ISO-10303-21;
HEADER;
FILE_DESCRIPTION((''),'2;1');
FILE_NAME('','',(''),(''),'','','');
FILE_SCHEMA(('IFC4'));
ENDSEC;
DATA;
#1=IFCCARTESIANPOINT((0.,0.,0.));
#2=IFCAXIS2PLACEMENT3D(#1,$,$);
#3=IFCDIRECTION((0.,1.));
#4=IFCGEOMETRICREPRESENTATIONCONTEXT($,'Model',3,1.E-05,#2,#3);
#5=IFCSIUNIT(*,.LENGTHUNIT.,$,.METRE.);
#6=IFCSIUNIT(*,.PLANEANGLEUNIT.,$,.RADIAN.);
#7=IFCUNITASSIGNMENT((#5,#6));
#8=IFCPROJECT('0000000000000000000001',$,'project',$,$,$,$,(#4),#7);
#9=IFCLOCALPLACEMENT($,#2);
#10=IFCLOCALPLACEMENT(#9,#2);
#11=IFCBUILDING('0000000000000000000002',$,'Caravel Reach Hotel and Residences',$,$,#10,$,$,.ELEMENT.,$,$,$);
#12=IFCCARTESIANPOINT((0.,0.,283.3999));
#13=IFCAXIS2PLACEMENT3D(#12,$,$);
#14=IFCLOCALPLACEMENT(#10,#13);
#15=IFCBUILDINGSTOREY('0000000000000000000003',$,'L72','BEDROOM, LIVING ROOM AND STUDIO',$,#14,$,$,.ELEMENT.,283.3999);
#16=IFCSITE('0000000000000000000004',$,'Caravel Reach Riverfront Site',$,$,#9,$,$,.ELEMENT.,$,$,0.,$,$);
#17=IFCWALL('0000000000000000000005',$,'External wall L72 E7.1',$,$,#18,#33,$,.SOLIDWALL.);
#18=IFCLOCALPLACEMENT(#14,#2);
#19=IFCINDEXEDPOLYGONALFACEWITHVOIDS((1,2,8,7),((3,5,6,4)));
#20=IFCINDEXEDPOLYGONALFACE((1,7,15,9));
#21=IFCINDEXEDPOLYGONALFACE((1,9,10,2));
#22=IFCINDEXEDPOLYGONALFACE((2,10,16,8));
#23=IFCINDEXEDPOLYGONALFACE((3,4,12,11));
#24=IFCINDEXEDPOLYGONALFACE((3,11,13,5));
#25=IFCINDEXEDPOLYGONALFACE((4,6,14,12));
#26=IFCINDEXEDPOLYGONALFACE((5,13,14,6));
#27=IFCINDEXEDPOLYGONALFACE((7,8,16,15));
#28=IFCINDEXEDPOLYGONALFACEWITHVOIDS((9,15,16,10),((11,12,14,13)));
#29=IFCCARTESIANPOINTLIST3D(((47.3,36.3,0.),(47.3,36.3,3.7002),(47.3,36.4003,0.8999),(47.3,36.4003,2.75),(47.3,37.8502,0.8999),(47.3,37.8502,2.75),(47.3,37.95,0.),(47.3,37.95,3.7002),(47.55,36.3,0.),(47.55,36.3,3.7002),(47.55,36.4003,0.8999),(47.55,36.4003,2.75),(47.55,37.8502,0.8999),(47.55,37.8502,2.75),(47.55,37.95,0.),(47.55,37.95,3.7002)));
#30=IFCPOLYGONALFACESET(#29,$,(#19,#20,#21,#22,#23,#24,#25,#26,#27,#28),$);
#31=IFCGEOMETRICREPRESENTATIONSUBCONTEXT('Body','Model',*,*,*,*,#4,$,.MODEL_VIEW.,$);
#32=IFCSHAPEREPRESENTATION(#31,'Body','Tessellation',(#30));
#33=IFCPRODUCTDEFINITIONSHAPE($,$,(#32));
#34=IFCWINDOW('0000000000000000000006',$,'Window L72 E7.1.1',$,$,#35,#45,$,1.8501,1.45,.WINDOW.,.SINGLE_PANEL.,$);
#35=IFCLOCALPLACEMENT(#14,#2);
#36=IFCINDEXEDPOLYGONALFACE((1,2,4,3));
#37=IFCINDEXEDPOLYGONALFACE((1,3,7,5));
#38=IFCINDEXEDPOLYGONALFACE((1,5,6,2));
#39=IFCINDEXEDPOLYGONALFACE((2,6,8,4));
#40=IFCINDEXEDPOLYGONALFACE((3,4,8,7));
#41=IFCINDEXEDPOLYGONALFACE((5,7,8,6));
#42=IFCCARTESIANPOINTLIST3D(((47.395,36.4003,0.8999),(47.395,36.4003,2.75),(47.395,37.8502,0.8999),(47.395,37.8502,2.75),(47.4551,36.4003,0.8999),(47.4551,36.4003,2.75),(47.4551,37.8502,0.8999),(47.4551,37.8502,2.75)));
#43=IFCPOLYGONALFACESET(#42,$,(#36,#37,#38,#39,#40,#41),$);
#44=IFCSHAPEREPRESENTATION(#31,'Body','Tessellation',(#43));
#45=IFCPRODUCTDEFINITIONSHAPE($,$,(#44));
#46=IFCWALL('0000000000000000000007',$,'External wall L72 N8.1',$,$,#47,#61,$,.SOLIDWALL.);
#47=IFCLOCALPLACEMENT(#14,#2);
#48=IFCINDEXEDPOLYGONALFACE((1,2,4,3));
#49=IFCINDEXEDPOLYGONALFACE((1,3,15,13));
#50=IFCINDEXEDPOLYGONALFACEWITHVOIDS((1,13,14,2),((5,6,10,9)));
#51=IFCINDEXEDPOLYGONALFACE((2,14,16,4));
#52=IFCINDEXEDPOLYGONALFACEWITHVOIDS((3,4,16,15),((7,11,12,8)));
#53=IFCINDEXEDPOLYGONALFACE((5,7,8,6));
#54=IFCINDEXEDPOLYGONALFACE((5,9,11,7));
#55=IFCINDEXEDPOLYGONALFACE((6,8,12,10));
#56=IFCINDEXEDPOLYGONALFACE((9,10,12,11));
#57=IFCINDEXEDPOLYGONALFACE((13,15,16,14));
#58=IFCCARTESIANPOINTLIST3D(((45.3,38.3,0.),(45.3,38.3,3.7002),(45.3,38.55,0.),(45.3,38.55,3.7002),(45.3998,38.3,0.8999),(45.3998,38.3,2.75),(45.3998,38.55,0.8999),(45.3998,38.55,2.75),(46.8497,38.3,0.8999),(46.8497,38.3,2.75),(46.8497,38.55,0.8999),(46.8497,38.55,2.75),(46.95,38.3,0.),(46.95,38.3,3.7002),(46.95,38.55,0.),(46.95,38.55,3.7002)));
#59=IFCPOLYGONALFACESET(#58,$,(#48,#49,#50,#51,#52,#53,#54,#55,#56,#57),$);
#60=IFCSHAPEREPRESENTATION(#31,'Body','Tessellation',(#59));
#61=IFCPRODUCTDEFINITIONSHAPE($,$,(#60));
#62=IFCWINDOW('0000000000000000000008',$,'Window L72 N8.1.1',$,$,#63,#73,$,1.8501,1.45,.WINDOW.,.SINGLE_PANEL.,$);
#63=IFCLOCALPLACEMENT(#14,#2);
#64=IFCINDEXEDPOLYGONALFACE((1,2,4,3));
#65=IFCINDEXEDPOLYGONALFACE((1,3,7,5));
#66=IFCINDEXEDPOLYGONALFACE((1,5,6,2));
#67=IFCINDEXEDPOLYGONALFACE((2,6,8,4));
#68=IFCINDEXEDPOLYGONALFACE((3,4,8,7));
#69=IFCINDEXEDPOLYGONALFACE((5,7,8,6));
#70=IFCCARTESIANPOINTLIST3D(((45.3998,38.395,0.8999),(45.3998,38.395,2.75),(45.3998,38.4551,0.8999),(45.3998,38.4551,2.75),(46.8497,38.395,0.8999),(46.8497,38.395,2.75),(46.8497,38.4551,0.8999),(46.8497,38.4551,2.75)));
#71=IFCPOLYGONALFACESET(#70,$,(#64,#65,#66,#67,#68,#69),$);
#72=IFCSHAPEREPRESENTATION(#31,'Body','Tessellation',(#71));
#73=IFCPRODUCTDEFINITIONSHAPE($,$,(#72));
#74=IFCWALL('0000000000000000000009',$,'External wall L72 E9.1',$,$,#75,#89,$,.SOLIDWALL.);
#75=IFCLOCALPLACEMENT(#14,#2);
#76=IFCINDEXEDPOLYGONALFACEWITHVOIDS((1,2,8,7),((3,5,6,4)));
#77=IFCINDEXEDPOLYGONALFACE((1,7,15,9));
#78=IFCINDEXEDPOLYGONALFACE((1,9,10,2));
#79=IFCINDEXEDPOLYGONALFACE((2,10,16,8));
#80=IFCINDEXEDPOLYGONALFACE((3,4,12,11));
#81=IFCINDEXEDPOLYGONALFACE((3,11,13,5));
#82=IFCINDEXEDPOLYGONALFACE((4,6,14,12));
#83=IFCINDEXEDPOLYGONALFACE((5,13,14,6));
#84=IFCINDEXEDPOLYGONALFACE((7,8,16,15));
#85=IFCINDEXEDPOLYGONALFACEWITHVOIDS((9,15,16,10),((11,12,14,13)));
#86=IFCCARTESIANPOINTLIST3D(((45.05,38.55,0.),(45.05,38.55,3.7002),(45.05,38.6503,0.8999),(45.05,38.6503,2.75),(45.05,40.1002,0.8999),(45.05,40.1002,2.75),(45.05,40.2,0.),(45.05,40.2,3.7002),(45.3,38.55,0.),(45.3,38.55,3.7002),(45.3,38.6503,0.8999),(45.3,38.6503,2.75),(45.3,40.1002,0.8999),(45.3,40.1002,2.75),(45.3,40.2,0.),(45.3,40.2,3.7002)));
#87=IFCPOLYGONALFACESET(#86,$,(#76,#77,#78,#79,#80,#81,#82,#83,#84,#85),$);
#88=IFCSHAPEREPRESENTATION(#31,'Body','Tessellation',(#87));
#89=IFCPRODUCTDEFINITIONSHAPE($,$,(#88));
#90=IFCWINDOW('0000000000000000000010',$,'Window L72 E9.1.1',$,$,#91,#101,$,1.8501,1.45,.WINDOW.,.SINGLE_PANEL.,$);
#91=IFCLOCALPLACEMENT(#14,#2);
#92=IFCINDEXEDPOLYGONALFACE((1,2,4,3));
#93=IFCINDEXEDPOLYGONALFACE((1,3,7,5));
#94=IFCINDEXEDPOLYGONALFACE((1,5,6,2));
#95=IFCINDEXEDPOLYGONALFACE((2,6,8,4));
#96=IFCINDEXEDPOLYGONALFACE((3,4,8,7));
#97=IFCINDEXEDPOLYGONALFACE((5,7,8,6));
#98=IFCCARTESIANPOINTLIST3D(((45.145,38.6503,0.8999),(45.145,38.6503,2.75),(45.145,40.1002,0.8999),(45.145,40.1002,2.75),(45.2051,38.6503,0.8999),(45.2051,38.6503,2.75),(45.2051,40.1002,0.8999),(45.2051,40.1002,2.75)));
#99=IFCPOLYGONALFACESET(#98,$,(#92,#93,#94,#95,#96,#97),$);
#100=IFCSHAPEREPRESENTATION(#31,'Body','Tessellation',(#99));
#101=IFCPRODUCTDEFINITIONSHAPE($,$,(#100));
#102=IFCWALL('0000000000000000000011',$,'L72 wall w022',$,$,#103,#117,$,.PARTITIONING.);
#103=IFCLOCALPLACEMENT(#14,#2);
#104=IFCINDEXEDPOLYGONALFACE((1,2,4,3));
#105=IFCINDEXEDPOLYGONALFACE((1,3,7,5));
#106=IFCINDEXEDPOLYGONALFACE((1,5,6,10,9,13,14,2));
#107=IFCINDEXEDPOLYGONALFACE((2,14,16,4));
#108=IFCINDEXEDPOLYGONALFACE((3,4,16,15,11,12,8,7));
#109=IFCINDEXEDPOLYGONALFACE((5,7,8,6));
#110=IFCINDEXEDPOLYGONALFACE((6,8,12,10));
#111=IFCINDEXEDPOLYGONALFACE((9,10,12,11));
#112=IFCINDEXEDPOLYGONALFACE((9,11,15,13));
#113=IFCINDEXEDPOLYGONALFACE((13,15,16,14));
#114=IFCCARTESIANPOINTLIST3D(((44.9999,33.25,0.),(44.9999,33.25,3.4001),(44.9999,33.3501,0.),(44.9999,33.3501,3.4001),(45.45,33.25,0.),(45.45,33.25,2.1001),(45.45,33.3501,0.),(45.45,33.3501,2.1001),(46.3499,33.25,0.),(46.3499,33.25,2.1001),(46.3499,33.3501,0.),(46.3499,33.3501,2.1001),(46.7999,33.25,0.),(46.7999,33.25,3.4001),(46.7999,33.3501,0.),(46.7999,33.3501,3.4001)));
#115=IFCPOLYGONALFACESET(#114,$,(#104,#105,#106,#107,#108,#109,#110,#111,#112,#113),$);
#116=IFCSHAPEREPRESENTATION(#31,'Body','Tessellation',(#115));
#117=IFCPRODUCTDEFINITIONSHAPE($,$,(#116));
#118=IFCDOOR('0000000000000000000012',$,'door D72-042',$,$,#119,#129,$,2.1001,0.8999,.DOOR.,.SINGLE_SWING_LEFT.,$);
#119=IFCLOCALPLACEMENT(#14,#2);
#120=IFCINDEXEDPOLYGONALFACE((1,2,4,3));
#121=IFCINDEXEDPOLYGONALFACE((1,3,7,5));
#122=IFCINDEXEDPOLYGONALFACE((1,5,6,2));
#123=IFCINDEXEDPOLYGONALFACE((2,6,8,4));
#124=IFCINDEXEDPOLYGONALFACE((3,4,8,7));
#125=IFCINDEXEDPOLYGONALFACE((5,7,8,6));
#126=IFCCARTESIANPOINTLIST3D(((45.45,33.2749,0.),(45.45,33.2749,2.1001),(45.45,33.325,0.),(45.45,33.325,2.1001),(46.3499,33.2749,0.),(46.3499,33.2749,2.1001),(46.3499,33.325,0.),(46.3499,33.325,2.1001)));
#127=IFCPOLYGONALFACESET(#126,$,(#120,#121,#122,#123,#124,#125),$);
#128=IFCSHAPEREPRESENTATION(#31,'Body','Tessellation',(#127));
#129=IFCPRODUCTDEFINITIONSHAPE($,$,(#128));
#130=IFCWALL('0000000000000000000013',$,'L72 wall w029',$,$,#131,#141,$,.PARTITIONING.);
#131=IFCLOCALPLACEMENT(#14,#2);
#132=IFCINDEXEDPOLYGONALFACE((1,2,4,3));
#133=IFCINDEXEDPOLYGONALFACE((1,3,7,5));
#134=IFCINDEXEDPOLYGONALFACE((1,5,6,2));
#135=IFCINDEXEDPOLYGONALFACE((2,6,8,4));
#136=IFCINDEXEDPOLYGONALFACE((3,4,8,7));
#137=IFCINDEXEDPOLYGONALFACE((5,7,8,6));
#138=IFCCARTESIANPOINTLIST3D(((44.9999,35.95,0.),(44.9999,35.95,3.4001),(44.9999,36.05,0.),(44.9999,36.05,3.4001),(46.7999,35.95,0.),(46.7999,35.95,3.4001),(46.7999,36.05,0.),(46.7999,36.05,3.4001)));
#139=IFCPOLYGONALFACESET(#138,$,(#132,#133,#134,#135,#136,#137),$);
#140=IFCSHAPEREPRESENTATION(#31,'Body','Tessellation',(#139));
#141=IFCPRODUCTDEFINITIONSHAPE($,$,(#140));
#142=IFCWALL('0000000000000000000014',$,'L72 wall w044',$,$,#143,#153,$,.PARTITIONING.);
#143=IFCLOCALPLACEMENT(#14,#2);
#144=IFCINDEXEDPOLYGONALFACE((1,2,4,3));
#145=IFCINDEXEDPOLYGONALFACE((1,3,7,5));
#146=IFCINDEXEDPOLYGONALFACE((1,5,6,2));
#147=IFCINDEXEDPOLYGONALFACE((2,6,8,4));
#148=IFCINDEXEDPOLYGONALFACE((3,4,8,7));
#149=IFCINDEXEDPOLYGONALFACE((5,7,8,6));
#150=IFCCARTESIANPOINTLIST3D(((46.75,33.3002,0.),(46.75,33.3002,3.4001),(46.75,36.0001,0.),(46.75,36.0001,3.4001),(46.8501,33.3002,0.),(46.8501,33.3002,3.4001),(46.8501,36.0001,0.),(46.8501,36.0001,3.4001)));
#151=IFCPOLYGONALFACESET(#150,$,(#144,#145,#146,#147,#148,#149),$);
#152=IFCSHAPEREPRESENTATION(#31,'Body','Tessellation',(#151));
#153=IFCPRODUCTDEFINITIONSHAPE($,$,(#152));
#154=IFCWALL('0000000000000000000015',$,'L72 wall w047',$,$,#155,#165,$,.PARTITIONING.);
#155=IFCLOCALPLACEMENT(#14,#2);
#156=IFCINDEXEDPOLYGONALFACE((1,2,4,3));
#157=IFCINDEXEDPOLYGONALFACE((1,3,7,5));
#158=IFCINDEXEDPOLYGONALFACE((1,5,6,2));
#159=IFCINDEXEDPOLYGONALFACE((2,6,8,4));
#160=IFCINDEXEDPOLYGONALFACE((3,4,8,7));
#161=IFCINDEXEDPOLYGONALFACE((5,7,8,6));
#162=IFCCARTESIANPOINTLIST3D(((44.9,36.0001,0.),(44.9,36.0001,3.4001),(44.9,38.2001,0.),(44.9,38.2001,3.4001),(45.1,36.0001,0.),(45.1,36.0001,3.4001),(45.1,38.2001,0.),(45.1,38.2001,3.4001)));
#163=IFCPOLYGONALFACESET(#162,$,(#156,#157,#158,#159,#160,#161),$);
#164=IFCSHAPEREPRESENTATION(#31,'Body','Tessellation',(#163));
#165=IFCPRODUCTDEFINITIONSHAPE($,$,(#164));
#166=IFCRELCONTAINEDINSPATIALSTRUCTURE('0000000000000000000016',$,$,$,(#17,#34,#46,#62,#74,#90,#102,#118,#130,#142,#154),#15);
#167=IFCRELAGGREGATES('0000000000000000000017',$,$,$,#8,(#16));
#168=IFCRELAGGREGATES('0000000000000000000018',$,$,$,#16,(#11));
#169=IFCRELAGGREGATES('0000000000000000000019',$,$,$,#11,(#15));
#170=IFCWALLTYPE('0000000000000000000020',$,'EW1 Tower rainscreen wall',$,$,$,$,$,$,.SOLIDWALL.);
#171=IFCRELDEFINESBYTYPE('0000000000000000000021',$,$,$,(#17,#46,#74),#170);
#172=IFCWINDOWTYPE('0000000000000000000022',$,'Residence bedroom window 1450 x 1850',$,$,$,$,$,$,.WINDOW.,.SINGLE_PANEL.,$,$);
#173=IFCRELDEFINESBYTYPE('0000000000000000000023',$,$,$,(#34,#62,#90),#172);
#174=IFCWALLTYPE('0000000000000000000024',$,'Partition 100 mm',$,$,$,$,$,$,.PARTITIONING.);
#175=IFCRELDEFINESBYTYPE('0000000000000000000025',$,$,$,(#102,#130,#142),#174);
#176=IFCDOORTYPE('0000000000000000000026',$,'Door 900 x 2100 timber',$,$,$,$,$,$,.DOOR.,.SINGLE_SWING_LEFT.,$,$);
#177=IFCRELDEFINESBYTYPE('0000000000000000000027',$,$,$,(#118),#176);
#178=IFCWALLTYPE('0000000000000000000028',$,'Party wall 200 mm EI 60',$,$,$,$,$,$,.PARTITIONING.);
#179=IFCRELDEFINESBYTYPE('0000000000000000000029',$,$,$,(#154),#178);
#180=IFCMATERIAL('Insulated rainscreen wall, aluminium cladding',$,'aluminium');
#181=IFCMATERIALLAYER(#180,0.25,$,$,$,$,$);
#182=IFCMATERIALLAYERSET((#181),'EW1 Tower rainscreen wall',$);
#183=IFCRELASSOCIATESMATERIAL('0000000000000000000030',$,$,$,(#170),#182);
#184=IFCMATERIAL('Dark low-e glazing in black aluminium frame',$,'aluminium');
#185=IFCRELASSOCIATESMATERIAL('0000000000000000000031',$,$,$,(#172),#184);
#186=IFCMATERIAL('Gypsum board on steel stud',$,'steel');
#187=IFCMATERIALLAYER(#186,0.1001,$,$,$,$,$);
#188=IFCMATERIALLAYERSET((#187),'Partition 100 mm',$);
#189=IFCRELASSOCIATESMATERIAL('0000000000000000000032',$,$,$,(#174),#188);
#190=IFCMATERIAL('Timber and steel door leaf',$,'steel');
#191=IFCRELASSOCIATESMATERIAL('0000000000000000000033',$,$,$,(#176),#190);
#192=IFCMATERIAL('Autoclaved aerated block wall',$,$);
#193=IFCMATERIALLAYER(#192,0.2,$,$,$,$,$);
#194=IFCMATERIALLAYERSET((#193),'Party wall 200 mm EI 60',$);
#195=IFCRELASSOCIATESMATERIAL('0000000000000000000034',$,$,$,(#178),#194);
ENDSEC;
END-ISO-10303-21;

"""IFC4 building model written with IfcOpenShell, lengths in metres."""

from ifc_helpers import new_model, si_unit, direction, frame, frame_2d, origin, place, context, subcontext, project, spatial, rectangle, extrude, material, layer, layer_set, type_object, element, fill, save


model = new_model("IFC4")

# Units and contexts
model_context = context("Model", 3, precision=1e-05, world=origin(), true_north=direction((0.0, 1.0)))
body_context = subcontext(model_context, "Body", "Model", "MODEL_VIEW")
ifc_project = project(units=[si_unit("LENGTHUNIT", "METRE"), si_unit("PLANEANGLEUNIT", "RADIAN")], contexts=[model_context])

# Site, building, storey
site_placement = place(None, origin())
site = spatial("IfcSite", under=ifc_project, at=site_placement, Name="Caravel Reach Riverfront Site", CompositionType="ELEMENT", RefElevation=0.0)
building_placement = place(site_placement, origin())
building = spatial("IfcBuilding", under=site, at=building_placement, Name="Caravel Reach Hotel and Residences", CompositionType="ELEMENT")
storey_placement = place(building_placement, frame((0.0, 0.0, 283.3999)))
storey = spatial("IfcBuildingStorey", under=building, at=storey_placement, Name="L72", Description="BEDROOM, LIVING ROOM AND STUDIO", CompositionType="ELEMENT", Elevation=283.3999)

# Walls, openings, windows
ifc_material_1 = material(Name="Insulated rainscreen wall, aluminium cladding", Category="aluminium")
ifc_layer_1 = layer(ifc_material_1, 0.25)
ifc_layer_set_1 = layer_set([ifc_layer_1], Name="EW1 Tower rainscreen wall")
wall_type_1 = type_object("IfcWallType", Name="EW1 Tower rainscreen wall", PredefinedType="SOLIDWALL", material=ifc_layer_set_1)
ifc_material_2 = material(Name="Dark low-e glazing in black aluminium frame", Category="aluminium")
window_type = type_object("IfcWindowType", Name="Residence bedroom window 1450 x 1850", PartitioningType="SINGLE_PANEL", PredefinedType="WINDOW", material=ifc_material_2)
wall_1_placement = place(storey_placement, frame((47.425, 36.3, 0.0), z_axis=(0.0, 0.0, 1.0), x_axis=(0.0, 1.0, 0.0)))
wall_1 = element("IfcWall", 1, at=wall_1_placement, inside=storey, type_object=wall_type_1, Name="External wall L72 E7.1", PredefinedType="SOLIDWALL", context=body_context, shape_type="SweptSolid", body=[
    extrude(rectangle(XDim=1.6499, YDim=0.25, at=frame_2d((0.825, 0.0))), origin(), (0.0, 0.0, 1.0), 3.7002),
])
opening_1_placement = place(wall_1_placement, frame((0.1001, 0.0, 0.8999)))
opening_1 = element("IfcOpeningElement", 2, at=opening_1_placement, cuts=wall_1, PredefinedType="OPENING", context=body_context, shape_type="SweptSolid", body=[
    extrude(rectangle(XDim=1.45, YDim=1.8501, at=frame_2d((0.7251, 0.925))), frame((0.0, 0.135, 0.0), z_axis=(0.0, -1.0, 0.0), x_axis=(1.0, 0.0, 0.0)), (0.0, 0.0, 1.0), 0.27),
])
window_1_placement = place(opening_1_placement, origin())
window_1 = element("IfcWindow", 3, at=window_1_placement, inside=storey, type_object=window_type, Name="Window L72 E7.1.1", OverallHeight=1.8501, OverallWidth=1.45, PartitioningType="SINGLE_PANEL", PredefinedType="WINDOW", context=body_context, shape_type="SweptSolid", body=[
    extrude(rectangle(XDim=1.45, YDim=1.8501, at=frame_2d((0.7251, 0.925))), frame((0.0, 0.03, 0.0), z_axis=(0.0, -1.0, 0.0), x_axis=(1.0, 0.0, 0.0)), (0.0, 0.0, 1.0), 0.0601),
])
fill(opening_1, window_1)
wall_2_placement = place(storey_placement, frame((46.95, 38.425, 0.0), z_axis=(0.0, 0.0, 1.0), x_axis=(-1.0, 0.0, 0.0)))
wall_2 = element("IfcWall", 4, at=wall_2_placement, inside=storey, type_object=wall_type_1, Name="External wall L72 N8.1", PredefinedType="SOLIDWALL", context=body_context, shape_type="SweptSolid", body=[
    extrude(rectangle(XDim=1.6499, YDim=0.25, at=frame_2d((0.825, 0.0))), origin(), (0.0, 0.0, 1.0), 3.7002),
])
opening_2_placement = place(wall_2_placement, frame((0.1001, 0.0, 0.8999)))
opening_2 = element("IfcOpeningElement", 5, at=opening_2_placement, cuts=wall_2, PredefinedType="OPENING", context=body_context, shape_type="SweptSolid", body=[
    extrude(rectangle(XDim=1.45, YDim=1.8501, at=frame_2d((0.7251, 0.925))), frame((0.0, 0.135, 0.0), z_axis=(0.0, -1.0, 0.0), x_axis=(1.0, 0.0, 0.0)), (0.0, 0.0, 1.0), 0.27),
])
window_2_placement = place(opening_2_placement, origin())
window_2 = element("IfcWindow", 6, at=window_2_placement, inside=storey, type_object=window_type, Name="Window L72 N8.1.1", OverallHeight=1.8501, OverallWidth=1.45, PartitioningType="SINGLE_PANEL", PredefinedType="WINDOW", context=body_context, shape_type="SweptSolid", body=[
    extrude(rectangle(XDim=1.45, YDim=1.8501, at=frame_2d((0.7251, 0.925))), frame((0.0, 0.03, 0.0), z_axis=(0.0, -1.0, 0.0), x_axis=(1.0, 0.0, 0.0)), (0.0, 0.0, 1.0), 0.0601),
])
fill(opening_2, window_2)
wall_3_placement = place(storey_placement, frame((45.175, 38.55, 0.0), z_axis=(0.0, 0.0, 1.0), x_axis=(0.0, 1.0, 0.0)))
wall_3 = element("IfcWall", 7, at=wall_3_placement, inside=storey, type_object=wall_type_1, Name="External wall L72 E9.1", PredefinedType="SOLIDWALL", context=body_context, shape_type="SweptSolid", body=[
    extrude(rectangle(XDim=1.6499, YDim=0.25, at=frame_2d((0.825, 0.0))), origin(), (0.0, 0.0, 1.0), 3.7002),
])
opening_3_placement = place(wall_3_placement, frame((0.1001, 0.0, 0.8999)))
opening_3 = element("IfcOpeningElement", 8, at=opening_3_placement, cuts=wall_3, PredefinedType="OPENING", context=body_context, shape_type="SweptSolid", body=[
    extrude(rectangle(XDim=1.45, YDim=1.8501, at=frame_2d((0.7251, 0.925))), frame((0.0, 0.135, 0.0), z_axis=(0.0, -1.0, 0.0), x_axis=(1.0, 0.0, 0.0)), (0.0, 0.0, 1.0), 0.27),
])
window_3_placement = place(opening_3_placement, origin())
window_3 = element("IfcWindow", 9, at=window_3_placement, inside=storey, type_object=window_type, Name="Window L72 E9.1.1", OverallHeight=1.8501, OverallWidth=1.45, PartitioningType="SINGLE_PANEL", PredefinedType="WINDOW", context=body_context, shape_type="SweptSolid", body=[
    extrude(rectangle(XDim=1.45, YDim=1.8501, at=frame_2d((0.7251, 0.925))), frame((0.0, 0.03, 0.0), z_axis=(0.0, -1.0, 0.0), x_axis=(1.0, 0.0, 0.0)), (0.0, 0.0, 1.0), 0.0601),
])
fill(opening_3, window_3)

# Wall, opening, door
ifc_material_3 = material(Name="Gypsum board on steel stud", Category="steel")
ifc_layer_2 = layer(ifc_material_3, 0.1001)
ifc_layer_set_2 = layer_set([ifc_layer_2], Name="Partition 100 mm")
wall_type_2 = type_object("IfcWallType", Name="Partition 100 mm", PredefinedType="PARTITIONING", material=ifc_layer_set_2)
wall_4_placement = place(storey_placement, frame((45.0, 33.3, 0.0), z_axis=(0.0, 0.0, 1.0), x_axis=(1.0, 0.0, 0.0)))
wall_4 = element("IfcWall", 10, at=wall_4_placement, inside=storey, type_object=wall_type_2, Name="L72 wall w022", PredefinedType="PARTITIONING", context=body_context, shape_type="SweptSolid", body=[
    extrude(rectangle(XDim=1.8, YDim=0.1001, at=frame_2d((0.8999, 0.0))), origin(), (0.0, 0.0, 1.0), 3.4001),
])
opening_4_placement = place(wall_4_placement, frame((0.45, 0.0, 0.0)))
opening_4 = element("IfcOpeningElement", 11, at=opening_4_placement, cuts=wall_4, PredefinedType="OPENING", context=body_context, shape_type="SweptSolid", body=[
    extrude(rectangle(XDim=0.8999, YDim=2.1001, at=frame_2d((0.45, 1.05))), frame((0.0, 0.0601, 0.0), z_axis=(0.0, -1.0, 0.0), x_axis=(1.0, 0.0, 0.0)), (0.0, 0.0, 1.0), 0.1201),
])
ifc_material_4 = material(Name="Timber and steel door leaf", Category="steel")
door_type_1 = type_object("IfcDoorType", Name="Door 900 x 2100 timber", OperationType="SINGLE_SWING_LEFT", PredefinedType="DOOR", material=ifc_material_4)
door_1_placement = place(opening_4_placement, origin())
door_1 = element("IfcDoor", 12, at=door_1_placement, inside=storey, type_object=door_type_1, Name="door D72-042", OperationType="SINGLE_SWING_LEFT", OverallHeight=2.1001, OverallWidth=0.8999, PredefinedType="DOOR", context=body_context, shape_type="SweptSolid", body=[
    extrude(rectangle(XDim=0.8999, YDim=2.1001, at=frame_2d((0.45, 1.05))), frame((0.0, 0.0249, 0.0), z_axis=(0.0, -1.0, 0.0), x_axis=(1.0, 0.0, 0.0)), (0.0, 0.0, 1.0), 0.05),
])
fill(opening_4, door_1)

# Walls
wall_5_placement = place(storey_placement, frame((45.0, 36.0, 0.0), z_axis=(0.0, 0.0, 1.0), x_axis=(1.0, 0.0, 0.0)))
element("IfcWall", 13, at=wall_5_placement, inside=storey, type_object=wall_type_2, Name="L72 wall w029", PredefinedType="PARTITIONING", context=body_context, shape_type="SweptSolid", body=[
    extrude(rectangle(XDim=1.8, YDim=0.1001, at=frame_2d((0.8999, 0.0))), origin(), (0.0, 0.0, 1.0), 3.4001),
])
wall_6_placement = place(storey_placement, frame((46.8, 33.3, 0.0), z_axis=(0.0, 0.0, 1.0), x_axis=(0.0, 1.0, 0.0)))
element("IfcWall", 14, at=wall_6_placement, inside=storey, type_object=wall_type_2, Name="L72 wall w044", PredefinedType="PARTITIONING", context=body_context, shape_type="SweptSolid", body=[
    extrude(rectangle(XDim=2.7, YDim=0.1001, at=frame_2d((1.3501, 0.0))), origin(), (0.0, 0.0, 1.0), 3.4001),
])
ifc_material_5 = material(Name="Autoclaved aerated block wall")
ifc_layer_3 = layer(ifc_material_5, 0.2)
ifc_layer_set_3 = layer_set([ifc_layer_3], Name="Party wall 200 mm EI 60")
wall_type_3 = type_object("IfcWallType", Name="Party wall 200 mm EI 60", PredefinedType="PARTITIONING", material=ifc_layer_set_3)
wall_7_placement = place(storey_placement, frame((45.0, 36.0, 0.0), z_axis=(0.0, 0.0, 1.0), x_axis=(0.0, 1.0, 0.0)))
element("IfcWall", 15, at=wall_7_placement, inside=storey, type_object=wall_type_3, Name="L72 wall w047", PredefinedType="PARTITIONING", context=body_context, shape_type="SweptSolid", body=[
    extrude(rectangle(XDim=2.2, YDim=0.2, at=frame_2d((1.1001, 0.0))), origin(), (0.0, 0.0, 1.0), 3.4001),
])

save(model, "model.ifc")
